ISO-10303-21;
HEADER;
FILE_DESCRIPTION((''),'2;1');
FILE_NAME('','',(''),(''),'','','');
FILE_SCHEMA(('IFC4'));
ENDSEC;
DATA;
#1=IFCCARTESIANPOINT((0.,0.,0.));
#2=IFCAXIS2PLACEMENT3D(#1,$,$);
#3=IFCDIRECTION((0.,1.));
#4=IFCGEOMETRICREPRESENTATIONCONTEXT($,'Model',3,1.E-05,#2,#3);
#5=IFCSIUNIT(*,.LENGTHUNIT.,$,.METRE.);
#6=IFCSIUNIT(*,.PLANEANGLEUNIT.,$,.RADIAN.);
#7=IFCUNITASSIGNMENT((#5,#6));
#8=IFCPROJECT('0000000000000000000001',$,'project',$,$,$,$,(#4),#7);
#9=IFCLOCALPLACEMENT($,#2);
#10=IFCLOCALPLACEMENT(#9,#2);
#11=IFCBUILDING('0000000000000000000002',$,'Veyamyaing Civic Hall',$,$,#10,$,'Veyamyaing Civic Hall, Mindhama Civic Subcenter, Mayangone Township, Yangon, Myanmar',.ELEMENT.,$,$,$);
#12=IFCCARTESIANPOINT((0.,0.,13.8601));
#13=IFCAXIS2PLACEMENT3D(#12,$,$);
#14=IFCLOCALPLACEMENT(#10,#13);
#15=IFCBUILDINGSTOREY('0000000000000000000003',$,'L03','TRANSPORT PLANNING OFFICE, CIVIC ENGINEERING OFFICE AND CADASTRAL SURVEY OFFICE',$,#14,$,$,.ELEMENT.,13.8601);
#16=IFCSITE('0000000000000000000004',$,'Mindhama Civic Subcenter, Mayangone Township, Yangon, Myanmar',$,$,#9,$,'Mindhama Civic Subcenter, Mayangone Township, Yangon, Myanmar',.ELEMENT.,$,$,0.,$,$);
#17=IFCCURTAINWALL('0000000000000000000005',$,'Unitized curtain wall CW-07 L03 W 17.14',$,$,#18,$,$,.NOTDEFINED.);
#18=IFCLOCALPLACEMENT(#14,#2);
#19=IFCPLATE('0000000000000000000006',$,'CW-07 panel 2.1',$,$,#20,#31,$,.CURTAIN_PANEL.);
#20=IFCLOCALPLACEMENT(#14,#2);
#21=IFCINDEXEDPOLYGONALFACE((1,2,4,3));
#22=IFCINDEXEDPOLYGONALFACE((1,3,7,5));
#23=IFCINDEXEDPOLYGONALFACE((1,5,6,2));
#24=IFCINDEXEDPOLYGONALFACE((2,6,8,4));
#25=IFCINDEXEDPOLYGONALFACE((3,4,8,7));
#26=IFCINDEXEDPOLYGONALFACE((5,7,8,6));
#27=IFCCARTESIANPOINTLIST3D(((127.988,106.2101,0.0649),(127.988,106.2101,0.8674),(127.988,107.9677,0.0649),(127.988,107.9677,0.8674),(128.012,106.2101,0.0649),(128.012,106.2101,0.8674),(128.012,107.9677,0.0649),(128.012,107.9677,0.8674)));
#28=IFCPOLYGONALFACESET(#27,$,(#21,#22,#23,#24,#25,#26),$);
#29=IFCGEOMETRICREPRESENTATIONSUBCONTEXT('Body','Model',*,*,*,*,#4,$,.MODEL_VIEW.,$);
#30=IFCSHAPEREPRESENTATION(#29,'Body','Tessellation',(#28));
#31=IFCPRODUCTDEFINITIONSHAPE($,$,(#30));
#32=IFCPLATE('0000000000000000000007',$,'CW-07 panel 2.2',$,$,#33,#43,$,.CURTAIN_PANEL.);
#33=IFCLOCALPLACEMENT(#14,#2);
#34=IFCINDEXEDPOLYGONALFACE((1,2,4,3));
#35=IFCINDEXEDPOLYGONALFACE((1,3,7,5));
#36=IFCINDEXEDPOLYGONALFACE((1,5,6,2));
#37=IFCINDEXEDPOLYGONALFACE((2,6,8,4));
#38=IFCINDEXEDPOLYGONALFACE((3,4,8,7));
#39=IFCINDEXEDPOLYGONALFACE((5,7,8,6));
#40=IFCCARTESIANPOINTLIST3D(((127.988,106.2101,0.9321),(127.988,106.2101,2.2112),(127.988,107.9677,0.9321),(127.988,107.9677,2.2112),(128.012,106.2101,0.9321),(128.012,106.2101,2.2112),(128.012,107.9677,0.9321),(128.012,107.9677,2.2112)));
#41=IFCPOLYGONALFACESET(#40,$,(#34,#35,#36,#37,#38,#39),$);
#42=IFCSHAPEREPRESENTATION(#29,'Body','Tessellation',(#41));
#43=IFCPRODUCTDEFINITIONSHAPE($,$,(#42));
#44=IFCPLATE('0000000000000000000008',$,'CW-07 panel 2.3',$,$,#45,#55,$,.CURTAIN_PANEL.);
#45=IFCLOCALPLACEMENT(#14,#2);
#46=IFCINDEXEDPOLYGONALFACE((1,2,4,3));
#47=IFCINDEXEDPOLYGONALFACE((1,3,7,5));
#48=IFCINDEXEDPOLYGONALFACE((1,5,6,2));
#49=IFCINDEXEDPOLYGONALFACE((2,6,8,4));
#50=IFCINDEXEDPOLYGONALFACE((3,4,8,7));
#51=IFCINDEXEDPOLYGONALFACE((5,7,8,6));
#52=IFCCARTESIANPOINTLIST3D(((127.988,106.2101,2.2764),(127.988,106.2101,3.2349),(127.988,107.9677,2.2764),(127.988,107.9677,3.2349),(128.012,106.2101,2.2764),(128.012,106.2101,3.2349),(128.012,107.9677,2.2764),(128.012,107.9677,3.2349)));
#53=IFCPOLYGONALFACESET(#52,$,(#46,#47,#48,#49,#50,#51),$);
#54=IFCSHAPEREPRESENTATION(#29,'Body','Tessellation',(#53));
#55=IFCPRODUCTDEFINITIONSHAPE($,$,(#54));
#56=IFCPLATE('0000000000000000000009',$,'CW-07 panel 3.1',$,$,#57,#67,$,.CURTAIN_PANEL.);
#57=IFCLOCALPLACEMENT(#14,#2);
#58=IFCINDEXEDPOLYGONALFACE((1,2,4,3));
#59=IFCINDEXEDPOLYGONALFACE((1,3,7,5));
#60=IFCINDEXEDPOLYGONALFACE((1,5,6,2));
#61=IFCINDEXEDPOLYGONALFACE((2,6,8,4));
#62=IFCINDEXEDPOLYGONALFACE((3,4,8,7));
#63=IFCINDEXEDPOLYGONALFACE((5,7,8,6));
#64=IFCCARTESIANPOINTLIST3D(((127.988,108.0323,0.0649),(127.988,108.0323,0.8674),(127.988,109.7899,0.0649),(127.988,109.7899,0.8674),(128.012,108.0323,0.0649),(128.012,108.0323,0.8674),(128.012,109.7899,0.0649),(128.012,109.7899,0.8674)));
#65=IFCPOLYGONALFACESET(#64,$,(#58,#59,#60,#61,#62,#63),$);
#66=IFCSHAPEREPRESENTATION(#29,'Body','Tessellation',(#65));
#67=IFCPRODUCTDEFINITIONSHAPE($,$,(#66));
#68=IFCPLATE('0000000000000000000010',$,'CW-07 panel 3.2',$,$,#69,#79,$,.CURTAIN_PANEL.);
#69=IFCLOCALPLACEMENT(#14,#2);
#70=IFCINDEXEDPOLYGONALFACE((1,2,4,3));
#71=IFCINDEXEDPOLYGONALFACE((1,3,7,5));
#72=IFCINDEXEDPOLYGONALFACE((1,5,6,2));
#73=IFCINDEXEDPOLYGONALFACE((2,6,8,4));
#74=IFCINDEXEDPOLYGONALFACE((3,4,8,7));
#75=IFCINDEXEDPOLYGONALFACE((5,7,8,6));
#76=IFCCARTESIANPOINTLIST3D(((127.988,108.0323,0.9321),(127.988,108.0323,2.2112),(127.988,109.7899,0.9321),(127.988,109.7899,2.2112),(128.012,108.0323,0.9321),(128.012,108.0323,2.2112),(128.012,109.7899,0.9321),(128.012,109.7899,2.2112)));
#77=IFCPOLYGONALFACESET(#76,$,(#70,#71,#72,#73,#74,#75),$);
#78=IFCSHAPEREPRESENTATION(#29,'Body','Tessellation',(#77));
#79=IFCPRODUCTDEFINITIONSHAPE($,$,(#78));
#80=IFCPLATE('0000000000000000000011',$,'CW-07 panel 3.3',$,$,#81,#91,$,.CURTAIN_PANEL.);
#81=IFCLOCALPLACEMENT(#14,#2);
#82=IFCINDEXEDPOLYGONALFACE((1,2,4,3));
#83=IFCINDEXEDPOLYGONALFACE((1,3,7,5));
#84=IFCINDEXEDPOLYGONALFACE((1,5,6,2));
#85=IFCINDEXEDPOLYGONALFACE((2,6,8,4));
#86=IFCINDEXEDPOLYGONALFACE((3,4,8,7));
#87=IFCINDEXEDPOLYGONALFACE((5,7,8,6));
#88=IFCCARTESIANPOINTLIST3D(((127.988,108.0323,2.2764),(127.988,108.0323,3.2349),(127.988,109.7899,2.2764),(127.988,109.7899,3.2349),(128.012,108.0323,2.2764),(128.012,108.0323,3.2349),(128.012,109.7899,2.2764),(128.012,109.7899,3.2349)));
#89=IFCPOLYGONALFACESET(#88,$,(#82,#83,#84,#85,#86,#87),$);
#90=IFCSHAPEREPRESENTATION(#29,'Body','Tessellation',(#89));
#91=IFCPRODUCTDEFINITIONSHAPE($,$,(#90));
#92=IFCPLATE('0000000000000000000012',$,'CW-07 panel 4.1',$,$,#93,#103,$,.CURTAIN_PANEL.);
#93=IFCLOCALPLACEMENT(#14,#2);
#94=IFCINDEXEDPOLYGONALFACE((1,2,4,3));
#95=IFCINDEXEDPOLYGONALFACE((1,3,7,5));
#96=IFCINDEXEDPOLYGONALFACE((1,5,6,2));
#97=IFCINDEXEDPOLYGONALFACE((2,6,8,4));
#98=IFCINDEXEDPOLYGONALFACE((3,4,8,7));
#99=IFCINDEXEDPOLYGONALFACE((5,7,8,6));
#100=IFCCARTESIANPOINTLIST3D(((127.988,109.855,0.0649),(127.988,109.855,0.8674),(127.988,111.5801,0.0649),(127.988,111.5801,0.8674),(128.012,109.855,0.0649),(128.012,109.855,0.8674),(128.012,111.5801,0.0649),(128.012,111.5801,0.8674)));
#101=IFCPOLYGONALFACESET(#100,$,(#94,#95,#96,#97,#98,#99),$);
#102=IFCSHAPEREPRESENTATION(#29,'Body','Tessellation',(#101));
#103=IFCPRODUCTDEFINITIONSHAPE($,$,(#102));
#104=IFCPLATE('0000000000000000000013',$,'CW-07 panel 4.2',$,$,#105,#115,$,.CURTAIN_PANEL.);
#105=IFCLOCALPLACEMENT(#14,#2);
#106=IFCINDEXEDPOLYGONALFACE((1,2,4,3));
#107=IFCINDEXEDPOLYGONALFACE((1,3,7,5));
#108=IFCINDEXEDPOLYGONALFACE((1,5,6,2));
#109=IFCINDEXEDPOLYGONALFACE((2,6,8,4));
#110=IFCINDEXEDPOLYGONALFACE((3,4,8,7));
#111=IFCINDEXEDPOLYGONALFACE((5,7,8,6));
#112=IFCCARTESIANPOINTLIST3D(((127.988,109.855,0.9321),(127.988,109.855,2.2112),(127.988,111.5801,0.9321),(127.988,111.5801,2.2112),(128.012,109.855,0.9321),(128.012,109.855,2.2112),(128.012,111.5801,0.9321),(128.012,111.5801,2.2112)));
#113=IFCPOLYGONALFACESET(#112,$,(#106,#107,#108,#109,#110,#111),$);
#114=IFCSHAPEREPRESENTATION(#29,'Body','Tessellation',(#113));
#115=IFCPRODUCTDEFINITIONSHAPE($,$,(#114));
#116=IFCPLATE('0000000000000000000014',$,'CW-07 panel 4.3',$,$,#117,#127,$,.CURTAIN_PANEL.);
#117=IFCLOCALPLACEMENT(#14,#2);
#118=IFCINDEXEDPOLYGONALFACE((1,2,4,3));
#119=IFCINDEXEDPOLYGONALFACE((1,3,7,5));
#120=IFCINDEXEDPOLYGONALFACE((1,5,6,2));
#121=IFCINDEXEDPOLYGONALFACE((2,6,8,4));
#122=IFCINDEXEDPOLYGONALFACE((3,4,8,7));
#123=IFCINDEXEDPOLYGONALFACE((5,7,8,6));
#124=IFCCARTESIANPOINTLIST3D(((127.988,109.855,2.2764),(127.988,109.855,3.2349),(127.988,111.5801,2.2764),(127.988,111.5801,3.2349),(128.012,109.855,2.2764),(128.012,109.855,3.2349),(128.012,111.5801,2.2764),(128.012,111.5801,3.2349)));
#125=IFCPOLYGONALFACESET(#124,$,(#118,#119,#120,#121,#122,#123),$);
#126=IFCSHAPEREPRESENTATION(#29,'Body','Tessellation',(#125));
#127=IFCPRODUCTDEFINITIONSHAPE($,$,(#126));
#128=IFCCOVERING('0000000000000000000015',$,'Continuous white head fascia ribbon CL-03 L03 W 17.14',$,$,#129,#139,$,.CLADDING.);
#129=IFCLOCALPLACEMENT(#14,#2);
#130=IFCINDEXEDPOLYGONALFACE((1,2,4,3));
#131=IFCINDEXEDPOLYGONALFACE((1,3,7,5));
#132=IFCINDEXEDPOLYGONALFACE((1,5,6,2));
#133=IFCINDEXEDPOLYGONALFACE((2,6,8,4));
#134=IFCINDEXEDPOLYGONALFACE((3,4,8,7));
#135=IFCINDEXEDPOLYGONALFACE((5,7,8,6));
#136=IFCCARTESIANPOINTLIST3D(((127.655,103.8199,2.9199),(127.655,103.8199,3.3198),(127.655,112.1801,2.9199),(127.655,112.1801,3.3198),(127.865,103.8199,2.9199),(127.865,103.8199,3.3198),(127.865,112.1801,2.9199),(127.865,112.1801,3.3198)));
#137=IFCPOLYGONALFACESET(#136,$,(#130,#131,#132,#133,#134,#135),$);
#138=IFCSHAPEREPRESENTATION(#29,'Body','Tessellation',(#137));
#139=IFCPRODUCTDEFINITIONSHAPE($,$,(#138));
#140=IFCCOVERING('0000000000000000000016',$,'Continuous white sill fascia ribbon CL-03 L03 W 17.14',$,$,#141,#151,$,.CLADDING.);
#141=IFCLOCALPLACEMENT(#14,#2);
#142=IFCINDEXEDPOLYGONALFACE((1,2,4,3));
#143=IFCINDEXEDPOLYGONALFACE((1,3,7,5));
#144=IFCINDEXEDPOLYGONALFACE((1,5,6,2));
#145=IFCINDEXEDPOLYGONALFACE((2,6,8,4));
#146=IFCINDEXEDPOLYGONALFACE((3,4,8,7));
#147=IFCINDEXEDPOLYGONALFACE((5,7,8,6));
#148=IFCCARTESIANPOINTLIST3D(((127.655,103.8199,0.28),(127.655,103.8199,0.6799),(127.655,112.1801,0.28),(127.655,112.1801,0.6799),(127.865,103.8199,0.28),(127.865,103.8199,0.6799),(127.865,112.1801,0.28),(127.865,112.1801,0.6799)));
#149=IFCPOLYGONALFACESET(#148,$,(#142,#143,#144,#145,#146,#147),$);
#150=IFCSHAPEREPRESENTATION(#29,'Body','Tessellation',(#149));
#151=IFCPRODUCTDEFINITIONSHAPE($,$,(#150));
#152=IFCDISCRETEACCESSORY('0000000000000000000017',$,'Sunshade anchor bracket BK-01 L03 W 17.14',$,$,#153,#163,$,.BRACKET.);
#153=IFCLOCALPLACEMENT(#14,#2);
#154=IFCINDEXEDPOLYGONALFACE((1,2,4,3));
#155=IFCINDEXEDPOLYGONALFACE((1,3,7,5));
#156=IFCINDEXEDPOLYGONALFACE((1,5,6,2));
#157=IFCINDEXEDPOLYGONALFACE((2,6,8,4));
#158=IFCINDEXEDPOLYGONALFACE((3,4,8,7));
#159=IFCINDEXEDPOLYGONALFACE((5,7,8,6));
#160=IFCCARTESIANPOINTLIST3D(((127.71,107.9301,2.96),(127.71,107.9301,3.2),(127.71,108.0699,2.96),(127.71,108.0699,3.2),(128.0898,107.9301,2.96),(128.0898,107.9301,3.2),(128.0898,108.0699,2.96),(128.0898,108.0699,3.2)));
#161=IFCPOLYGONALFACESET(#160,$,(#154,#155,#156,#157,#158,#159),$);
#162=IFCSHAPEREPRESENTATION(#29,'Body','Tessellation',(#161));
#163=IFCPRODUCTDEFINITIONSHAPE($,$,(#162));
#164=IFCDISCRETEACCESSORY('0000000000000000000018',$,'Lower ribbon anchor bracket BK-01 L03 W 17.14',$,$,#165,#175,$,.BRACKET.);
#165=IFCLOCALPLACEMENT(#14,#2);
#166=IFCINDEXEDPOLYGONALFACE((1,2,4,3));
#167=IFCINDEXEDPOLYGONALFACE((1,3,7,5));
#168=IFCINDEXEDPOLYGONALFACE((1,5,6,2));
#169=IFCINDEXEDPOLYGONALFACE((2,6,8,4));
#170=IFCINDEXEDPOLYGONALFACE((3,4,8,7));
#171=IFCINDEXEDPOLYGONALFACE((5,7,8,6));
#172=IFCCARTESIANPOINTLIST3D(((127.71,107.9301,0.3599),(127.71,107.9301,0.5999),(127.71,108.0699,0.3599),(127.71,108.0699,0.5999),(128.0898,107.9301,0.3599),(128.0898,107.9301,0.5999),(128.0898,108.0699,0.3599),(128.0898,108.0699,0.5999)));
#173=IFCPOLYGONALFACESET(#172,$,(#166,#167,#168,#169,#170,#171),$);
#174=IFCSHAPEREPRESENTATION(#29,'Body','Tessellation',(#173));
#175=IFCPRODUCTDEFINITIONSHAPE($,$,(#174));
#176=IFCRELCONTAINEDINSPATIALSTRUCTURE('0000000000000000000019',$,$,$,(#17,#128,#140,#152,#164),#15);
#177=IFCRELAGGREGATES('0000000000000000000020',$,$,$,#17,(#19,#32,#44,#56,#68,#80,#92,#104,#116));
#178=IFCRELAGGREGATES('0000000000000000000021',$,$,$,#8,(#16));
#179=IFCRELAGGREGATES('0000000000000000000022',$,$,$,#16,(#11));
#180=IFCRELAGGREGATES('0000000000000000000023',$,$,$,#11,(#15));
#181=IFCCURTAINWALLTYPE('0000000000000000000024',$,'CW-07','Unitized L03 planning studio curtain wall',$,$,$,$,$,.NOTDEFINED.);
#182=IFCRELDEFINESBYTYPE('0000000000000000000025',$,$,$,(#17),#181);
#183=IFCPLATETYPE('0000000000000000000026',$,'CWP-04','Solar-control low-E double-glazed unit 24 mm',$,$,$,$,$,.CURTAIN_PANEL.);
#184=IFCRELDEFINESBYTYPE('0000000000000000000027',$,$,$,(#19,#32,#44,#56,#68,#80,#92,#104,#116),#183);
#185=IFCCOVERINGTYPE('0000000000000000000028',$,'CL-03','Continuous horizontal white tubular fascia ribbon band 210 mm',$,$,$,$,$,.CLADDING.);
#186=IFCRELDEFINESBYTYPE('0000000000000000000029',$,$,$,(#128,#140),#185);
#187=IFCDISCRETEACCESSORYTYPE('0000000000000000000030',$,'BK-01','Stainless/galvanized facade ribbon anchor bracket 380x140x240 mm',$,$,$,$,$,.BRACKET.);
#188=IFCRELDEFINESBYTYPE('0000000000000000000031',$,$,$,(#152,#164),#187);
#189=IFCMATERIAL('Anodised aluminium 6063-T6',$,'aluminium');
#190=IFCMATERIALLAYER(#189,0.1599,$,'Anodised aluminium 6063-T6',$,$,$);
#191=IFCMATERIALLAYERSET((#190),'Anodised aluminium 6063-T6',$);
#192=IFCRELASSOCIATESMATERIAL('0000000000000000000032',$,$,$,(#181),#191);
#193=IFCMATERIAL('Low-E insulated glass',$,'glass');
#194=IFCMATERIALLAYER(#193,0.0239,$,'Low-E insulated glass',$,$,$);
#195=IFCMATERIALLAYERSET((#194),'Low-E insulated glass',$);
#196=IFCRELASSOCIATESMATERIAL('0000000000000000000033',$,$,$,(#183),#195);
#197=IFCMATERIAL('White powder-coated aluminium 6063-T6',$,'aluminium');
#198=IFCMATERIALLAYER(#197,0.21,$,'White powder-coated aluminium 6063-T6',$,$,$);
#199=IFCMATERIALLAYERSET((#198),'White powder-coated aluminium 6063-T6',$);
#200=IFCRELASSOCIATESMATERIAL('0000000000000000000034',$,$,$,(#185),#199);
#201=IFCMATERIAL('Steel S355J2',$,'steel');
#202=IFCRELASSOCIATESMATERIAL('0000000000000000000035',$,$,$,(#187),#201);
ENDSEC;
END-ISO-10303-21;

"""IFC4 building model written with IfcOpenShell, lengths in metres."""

from ifc_helpers import new_model, si_unit, direction, frame, origin, origin_2d, place, context, subcontext, project, spatial, rectangle, extrude, material, layer, layer_set, type_object, element, aggregate, save


model = new_model("IFC4")

# Units and contexts
model_context = context("Model", 3, precision=1e-05, world=origin(), true_north=direction((0.0, 1.0)))
body_context = subcontext(model_context, "Body", "Model", "MODEL_VIEW")
ifc_project = project(units=[si_unit("LENGTHUNIT", "METRE"), si_unit("PLANEANGLEUNIT", "RADIAN")], contexts=[model_context])

# Site, building, storey
site_placement = place(None, origin())
site = spatial("IfcSite", under=ifc_project, at=site_placement, Name="Mindhama Civic Subcenter, Mayangone Township, Yangon, Myanmar", LongName="Mindhama Civic Subcenter, Mayangone Township, Yangon, Myanmar", CompositionType="ELEMENT", RefElevation=0.0)
building_placement = place(site_placement, origin())
building = spatial("IfcBuilding", under=site, at=building_placement, Name="Veyamyaing Civic Hall", LongName="Veyamyaing Civic Hall, Mindhama Civic Subcenter, Mayangone Township, Yangon, Myanmar", CompositionType="ELEMENT")
storey_placement = place(building_placement, frame((0.0, 0.0, 13.8601)))
storey = spatial("IfcBuildingStorey", under=building, at=storey_placement, Name="L03", Description="TRANSPORT PLANNING OFFICE, CIVIC ENGINEERING OFFICE AND CADASTRAL SURVEY OFFICE", CompositionType="ELEMENT", Elevation=13.8601)

# Curtain wall
ifc_material_1 = material(Name="Anodised aluminium 6063-T6", Category="aluminium")
ifc_layer_1 = layer(ifc_material_1, 0.1599, Name="Anodised aluminium 6063-T6")
ifc_layer_set_1 = layer_set([ifc_layer_1], Name="Anodised aluminium 6063-T6")
curtain_wall_type = type_object("IfcCurtainWallType", Name="CW-07", Description="Unitized L03 planning studio curtain wall", PredefinedType="NOTDEFINED", material=ifc_layer_set_1)
curtain_wall_placement = place(storey_placement, origin())
curtain_wall = element("IfcCurtainWall", 1, at=curtain_wall_placement, inside=storey, type_object=curtain_wall_type, Name="Unitized curtain wall CW-07 L03 W 17.14", PredefinedType="NOTDEFINED")

# Plates
ifc_material_2 = material(Name="Low-E insulated glass", Category="glass")
ifc_layer_2 = layer(ifc_material_2, 0.0239, Name="Low-E insulated glass")
ifc_layer_set_2 = layer_set([ifc_layer_2], Name="Low-E insulated glass")
plate_type = type_object("IfcPlateType", Name="CWP-04", Description="Solar-control low-E double-glazed unit 24 mm", PredefinedType="CURTAIN_PANEL", material=ifc_layer_set_2)
plate_1_placement = place(storey_placement, frame((128.0, 107.0889, 0.0649), z_axis=(0.0, 0.0, 1.0), x_axis=(0.0, 1.0, 0.0)))
plate_1 = element("IfcPlate", 2, at=plate_1_placement, type_object=plate_type, Name="CW-07 panel 2.1", PredefinedType="CURTAIN_PANEL", context=body_context, shape_type="SweptSolid", body=[
    extrude(rectangle(XDim=1.7576, YDim=0.0239, at=origin_2d()), origin(), (0.0, 0.0, 1.0), 0.8025),
])
plate_2_placement = place(storey_placement, frame((128.0, 107.0889, 0.9321), z_axis=(0.0, 0.0, 1.0), x_axis=(0.0, 1.0, 0.0)))
plate_2 = element("IfcPlate", 3, at=plate_2_placement, type_object=plate_type, Name="CW-07 panel 2.2", PredefinedType="CURTAIN_PANEL", context=body_context, shape_type="SweptSolid", body=[
    extrude(rectangle(XDim=1.7576, YDim=0.0239, at=origin_2d()), origin(), (0.0, 0.0, 1.0), 1.2791),
])
plate_3_placement = place(storey_placement, frame((128.0, 107.0889, 2.2764), z_axis=(0.0, 0.0, 1.0), x_axis=(0.0, 1.0, 0.0)))
plate_3 = element("IfcPlate", 4, at=plate_3_placement, type_object=plate_type, Name="CW-07 panel 2.3", PredefinedType="CURTAIN_PANEL", context=body_context, shape_type="SweptSolid", body=[
    extrude(rectangle(XDim=1.7576, YDim=0.0239, at=origin_2d()), origin(), (0.0, 0.0, 1.0), 0.9585),
])
plate_4_placement = place(storey_placement, frame((128.0, 108.9111, 0.0649), z_axis=(0.0, 0.0, 1.0), x_axis=(0.0, 1.0, 0.0)))
plate_4 = element("IfcPlate", 5, at=plate_4_placement, type_object=plate_type, Name="CW-07 panel 3.1", PredefinedType="CURTAIN_PANEL", context=body_context, shape_type="SweptSolid", body=[
    extrude(rectangle(XDim=1.7576, YDim=0.0239, at=origin_2d()), origin(), (0.0, 0.0, 1.0), 0.8025),
])
plate_5_placement = place(storey_placement, frame((128.0, 108.9111, 0.9321), z_axis=(0.0, 0.0, 1.0), x_axis=(0.0, 1.0, 0.0)))
plate_5 = element("IfcPlate", 6, at=plate_5_placement, type_object=plate_type, Name="CW-07 panel 3.2", PredefinedType="CURTAIN_PANEL", context=body_context, shape_type="SweptSolid", body=[
    extrude(rectangle(XDim=1.7576, YDim=0.0239, at=origin_2d()), origin(), (0.0, 0.0, 1.0), 1.2791),
])
plate_6_placement = place(storey_placement, frame((128.0, 108.9111, 2.2764), z_axis=(0.0, 0.0, 1.0), x_axis=(0.0, 1.0, 0.0)))
plate_6 = element("IfcPlate", 7, at=plate_6_placement, type_object=plate_type, Name="CW-07 panel 3.3", PredefinedType="CURTAIN_PANEL", context=body_context, shape_type="SweptSolid", body=[
    extrude(rectangle(XDim=1.7576, YDim=0.0239, at=origin_2d()), origin(), (0.0, 0.0, 1.0), 0.9585),
])
plate_7_placement = place(storey_placement, frame((128.0, 110.7175, 0.0649), z_axis=(0.0, 0.0, 1.0), x_axis=(0.0, 1.0, 0.0)))
plate_7 = element("IfcPlate", 8, at=plate_7_placement, type_object=plate_type, Name="CW-07 panel 4.1", PredefinedType="CURTAIN_PANEL", context=body_context, shape_type="SweptSolid", body=[
    extrude(rectangle(XDim=1.7251, YDim=0.0239, at=origin_2d()), origin(), (0.0, 0.0, 1.0), 0.8025),
])
plate_8_placement = place(storey_placement, frame((128.0, 110.7175, 0.9321), z_axis=(0.0, 0.0, 1.0), x_axis=(0.0, 1.0, 0.0)))
plate_8 = element("IfcPlate", 9, at=plate_8_placement, type_object=plate_type, Name="CW-07 panel 4.2", PredefinedType="CURTAIN_PANEL", context=body_context, shape_type="SweptSolid", body=[
    extrude(rectangle(XDim=1.7251, YDim=0.0239, at=origin_2d()), origin(), (0.0, 0.0, 1.0), 1.2791),
])
plate_9_placement = place(storey_placement, frame((128.0, 110.7175, 2.2764), z_axis=(0.0, 0.0, 1.0), x_axis=(0.0, 1.0, 0.0)))
plate_9 = element("IfcPlate", 10, at=plate_9_placement, type_object=plate_type, Name="CW-07 panel 4.3", PredefinedType="CURTAIN_PANEL", context=body_context, shape_type="SweptSolid", body=[
    extrude(rectangle(XDim=1.7251, YDim=0.0239, at=origin_2d()), origin(), (0.0, 0.0, 1.0), 0.9585),
])
aggregate(curtain_wall, [plate_1, plate_2, plate_3, plate_4, plate_5, plate_6, plate_7, plate_8, plate_9])

# Coverings
ifc_material_3 = material(Name="White powder-coated aluminium 6063-T6", Category="aluminium")
ifc_layer_3 = layer(ifc_material_3, 0.21, Name="White powder-coated aluminium 6063-T6")
ifc_layer_set_3 = layer_set([ifc_layer_3], Name="White powder-coated aluminium 6063-T6")
covering_type = type_object("IfcCoveringType", Name="CL-03", Description="Continuous horizontal white tubular fascia ribbon band 210 mm", PredefinedType="CLADDING", material=ifc_layer_set_3)
for number, where, z_axis, x_axis, name in (
    (11, (127.76, 108.0, 2.9199), (0.0, 0.0, 1.0), (0.0, 1.0, 0.0), "Continuous white head fascia ribbon CL-03 L03 W 17.14"),
    (12, (127.76, 108.0, 0.28), (0.0, 0.0, 1.0), (0.0, 1.0, 0.0), "Continuous white sill fascia ribbon CL-03 L03 W 17.14"),
):
    element("IfcCovering", number, at=place(storey_placement, frame(where, z_axis=z_axis, x_axis=x_axis)), inside=storey, type_object=covering_type, Name=name, PredefinedType="CLADDING", context=body_context, shape_type="SweptSolid", body=[
        extrude(rectangle(XDim=8.3601, YDim=0.21, at=origin_2d()), origin(), (0.0, 0.0, 1.0), 0.3999),
    ])

# Discrete accessories
ifc_material_4 = material(Name="Steel S355J2", Category="steel")
discrete_accessory_type = type_object("IfcDiscreteAccessoryType", Name="BK-01", Description="Stainless/galvanized facade ribbon anchor bracket 380x140x240 mm", PredefinedType="BRACKET", material=ifc_material_4)
for number, where, z_axis, x_axis, name in (
    (13, (127.8999, 108.0, 2.96), (0.0, 0.0, 1.0), (-1.0, 0.0, 0.0), "Sunshade anchor bracket BK-01 L03 W 17.14"),
    (14, (127.8999, 108.0, 0.3599), (0.0, 0.0, 1.0), (-1.0, 0.0, 0.0), "Lower ribbon anchor bracket BK-01 L03 W 17.14"),
):
    element("IfcDiscreteAccessory", number, at=place(storey_placement, frame(where, z_axis=z_axis, x_axis=x_axis)), inside=storey, type_object=discrete_accessory_type, Name=name, PredefinedType="BRACKET", context=body_context, shape_type="SweptSolid", body=[
        extrude(rectangle(XDim=0.3799, YDim=0.1399, at=origin_2d()), origin(), (0.0, 0.0, 1.0), 0.24),
    ])

save(model, "model.ifc")
